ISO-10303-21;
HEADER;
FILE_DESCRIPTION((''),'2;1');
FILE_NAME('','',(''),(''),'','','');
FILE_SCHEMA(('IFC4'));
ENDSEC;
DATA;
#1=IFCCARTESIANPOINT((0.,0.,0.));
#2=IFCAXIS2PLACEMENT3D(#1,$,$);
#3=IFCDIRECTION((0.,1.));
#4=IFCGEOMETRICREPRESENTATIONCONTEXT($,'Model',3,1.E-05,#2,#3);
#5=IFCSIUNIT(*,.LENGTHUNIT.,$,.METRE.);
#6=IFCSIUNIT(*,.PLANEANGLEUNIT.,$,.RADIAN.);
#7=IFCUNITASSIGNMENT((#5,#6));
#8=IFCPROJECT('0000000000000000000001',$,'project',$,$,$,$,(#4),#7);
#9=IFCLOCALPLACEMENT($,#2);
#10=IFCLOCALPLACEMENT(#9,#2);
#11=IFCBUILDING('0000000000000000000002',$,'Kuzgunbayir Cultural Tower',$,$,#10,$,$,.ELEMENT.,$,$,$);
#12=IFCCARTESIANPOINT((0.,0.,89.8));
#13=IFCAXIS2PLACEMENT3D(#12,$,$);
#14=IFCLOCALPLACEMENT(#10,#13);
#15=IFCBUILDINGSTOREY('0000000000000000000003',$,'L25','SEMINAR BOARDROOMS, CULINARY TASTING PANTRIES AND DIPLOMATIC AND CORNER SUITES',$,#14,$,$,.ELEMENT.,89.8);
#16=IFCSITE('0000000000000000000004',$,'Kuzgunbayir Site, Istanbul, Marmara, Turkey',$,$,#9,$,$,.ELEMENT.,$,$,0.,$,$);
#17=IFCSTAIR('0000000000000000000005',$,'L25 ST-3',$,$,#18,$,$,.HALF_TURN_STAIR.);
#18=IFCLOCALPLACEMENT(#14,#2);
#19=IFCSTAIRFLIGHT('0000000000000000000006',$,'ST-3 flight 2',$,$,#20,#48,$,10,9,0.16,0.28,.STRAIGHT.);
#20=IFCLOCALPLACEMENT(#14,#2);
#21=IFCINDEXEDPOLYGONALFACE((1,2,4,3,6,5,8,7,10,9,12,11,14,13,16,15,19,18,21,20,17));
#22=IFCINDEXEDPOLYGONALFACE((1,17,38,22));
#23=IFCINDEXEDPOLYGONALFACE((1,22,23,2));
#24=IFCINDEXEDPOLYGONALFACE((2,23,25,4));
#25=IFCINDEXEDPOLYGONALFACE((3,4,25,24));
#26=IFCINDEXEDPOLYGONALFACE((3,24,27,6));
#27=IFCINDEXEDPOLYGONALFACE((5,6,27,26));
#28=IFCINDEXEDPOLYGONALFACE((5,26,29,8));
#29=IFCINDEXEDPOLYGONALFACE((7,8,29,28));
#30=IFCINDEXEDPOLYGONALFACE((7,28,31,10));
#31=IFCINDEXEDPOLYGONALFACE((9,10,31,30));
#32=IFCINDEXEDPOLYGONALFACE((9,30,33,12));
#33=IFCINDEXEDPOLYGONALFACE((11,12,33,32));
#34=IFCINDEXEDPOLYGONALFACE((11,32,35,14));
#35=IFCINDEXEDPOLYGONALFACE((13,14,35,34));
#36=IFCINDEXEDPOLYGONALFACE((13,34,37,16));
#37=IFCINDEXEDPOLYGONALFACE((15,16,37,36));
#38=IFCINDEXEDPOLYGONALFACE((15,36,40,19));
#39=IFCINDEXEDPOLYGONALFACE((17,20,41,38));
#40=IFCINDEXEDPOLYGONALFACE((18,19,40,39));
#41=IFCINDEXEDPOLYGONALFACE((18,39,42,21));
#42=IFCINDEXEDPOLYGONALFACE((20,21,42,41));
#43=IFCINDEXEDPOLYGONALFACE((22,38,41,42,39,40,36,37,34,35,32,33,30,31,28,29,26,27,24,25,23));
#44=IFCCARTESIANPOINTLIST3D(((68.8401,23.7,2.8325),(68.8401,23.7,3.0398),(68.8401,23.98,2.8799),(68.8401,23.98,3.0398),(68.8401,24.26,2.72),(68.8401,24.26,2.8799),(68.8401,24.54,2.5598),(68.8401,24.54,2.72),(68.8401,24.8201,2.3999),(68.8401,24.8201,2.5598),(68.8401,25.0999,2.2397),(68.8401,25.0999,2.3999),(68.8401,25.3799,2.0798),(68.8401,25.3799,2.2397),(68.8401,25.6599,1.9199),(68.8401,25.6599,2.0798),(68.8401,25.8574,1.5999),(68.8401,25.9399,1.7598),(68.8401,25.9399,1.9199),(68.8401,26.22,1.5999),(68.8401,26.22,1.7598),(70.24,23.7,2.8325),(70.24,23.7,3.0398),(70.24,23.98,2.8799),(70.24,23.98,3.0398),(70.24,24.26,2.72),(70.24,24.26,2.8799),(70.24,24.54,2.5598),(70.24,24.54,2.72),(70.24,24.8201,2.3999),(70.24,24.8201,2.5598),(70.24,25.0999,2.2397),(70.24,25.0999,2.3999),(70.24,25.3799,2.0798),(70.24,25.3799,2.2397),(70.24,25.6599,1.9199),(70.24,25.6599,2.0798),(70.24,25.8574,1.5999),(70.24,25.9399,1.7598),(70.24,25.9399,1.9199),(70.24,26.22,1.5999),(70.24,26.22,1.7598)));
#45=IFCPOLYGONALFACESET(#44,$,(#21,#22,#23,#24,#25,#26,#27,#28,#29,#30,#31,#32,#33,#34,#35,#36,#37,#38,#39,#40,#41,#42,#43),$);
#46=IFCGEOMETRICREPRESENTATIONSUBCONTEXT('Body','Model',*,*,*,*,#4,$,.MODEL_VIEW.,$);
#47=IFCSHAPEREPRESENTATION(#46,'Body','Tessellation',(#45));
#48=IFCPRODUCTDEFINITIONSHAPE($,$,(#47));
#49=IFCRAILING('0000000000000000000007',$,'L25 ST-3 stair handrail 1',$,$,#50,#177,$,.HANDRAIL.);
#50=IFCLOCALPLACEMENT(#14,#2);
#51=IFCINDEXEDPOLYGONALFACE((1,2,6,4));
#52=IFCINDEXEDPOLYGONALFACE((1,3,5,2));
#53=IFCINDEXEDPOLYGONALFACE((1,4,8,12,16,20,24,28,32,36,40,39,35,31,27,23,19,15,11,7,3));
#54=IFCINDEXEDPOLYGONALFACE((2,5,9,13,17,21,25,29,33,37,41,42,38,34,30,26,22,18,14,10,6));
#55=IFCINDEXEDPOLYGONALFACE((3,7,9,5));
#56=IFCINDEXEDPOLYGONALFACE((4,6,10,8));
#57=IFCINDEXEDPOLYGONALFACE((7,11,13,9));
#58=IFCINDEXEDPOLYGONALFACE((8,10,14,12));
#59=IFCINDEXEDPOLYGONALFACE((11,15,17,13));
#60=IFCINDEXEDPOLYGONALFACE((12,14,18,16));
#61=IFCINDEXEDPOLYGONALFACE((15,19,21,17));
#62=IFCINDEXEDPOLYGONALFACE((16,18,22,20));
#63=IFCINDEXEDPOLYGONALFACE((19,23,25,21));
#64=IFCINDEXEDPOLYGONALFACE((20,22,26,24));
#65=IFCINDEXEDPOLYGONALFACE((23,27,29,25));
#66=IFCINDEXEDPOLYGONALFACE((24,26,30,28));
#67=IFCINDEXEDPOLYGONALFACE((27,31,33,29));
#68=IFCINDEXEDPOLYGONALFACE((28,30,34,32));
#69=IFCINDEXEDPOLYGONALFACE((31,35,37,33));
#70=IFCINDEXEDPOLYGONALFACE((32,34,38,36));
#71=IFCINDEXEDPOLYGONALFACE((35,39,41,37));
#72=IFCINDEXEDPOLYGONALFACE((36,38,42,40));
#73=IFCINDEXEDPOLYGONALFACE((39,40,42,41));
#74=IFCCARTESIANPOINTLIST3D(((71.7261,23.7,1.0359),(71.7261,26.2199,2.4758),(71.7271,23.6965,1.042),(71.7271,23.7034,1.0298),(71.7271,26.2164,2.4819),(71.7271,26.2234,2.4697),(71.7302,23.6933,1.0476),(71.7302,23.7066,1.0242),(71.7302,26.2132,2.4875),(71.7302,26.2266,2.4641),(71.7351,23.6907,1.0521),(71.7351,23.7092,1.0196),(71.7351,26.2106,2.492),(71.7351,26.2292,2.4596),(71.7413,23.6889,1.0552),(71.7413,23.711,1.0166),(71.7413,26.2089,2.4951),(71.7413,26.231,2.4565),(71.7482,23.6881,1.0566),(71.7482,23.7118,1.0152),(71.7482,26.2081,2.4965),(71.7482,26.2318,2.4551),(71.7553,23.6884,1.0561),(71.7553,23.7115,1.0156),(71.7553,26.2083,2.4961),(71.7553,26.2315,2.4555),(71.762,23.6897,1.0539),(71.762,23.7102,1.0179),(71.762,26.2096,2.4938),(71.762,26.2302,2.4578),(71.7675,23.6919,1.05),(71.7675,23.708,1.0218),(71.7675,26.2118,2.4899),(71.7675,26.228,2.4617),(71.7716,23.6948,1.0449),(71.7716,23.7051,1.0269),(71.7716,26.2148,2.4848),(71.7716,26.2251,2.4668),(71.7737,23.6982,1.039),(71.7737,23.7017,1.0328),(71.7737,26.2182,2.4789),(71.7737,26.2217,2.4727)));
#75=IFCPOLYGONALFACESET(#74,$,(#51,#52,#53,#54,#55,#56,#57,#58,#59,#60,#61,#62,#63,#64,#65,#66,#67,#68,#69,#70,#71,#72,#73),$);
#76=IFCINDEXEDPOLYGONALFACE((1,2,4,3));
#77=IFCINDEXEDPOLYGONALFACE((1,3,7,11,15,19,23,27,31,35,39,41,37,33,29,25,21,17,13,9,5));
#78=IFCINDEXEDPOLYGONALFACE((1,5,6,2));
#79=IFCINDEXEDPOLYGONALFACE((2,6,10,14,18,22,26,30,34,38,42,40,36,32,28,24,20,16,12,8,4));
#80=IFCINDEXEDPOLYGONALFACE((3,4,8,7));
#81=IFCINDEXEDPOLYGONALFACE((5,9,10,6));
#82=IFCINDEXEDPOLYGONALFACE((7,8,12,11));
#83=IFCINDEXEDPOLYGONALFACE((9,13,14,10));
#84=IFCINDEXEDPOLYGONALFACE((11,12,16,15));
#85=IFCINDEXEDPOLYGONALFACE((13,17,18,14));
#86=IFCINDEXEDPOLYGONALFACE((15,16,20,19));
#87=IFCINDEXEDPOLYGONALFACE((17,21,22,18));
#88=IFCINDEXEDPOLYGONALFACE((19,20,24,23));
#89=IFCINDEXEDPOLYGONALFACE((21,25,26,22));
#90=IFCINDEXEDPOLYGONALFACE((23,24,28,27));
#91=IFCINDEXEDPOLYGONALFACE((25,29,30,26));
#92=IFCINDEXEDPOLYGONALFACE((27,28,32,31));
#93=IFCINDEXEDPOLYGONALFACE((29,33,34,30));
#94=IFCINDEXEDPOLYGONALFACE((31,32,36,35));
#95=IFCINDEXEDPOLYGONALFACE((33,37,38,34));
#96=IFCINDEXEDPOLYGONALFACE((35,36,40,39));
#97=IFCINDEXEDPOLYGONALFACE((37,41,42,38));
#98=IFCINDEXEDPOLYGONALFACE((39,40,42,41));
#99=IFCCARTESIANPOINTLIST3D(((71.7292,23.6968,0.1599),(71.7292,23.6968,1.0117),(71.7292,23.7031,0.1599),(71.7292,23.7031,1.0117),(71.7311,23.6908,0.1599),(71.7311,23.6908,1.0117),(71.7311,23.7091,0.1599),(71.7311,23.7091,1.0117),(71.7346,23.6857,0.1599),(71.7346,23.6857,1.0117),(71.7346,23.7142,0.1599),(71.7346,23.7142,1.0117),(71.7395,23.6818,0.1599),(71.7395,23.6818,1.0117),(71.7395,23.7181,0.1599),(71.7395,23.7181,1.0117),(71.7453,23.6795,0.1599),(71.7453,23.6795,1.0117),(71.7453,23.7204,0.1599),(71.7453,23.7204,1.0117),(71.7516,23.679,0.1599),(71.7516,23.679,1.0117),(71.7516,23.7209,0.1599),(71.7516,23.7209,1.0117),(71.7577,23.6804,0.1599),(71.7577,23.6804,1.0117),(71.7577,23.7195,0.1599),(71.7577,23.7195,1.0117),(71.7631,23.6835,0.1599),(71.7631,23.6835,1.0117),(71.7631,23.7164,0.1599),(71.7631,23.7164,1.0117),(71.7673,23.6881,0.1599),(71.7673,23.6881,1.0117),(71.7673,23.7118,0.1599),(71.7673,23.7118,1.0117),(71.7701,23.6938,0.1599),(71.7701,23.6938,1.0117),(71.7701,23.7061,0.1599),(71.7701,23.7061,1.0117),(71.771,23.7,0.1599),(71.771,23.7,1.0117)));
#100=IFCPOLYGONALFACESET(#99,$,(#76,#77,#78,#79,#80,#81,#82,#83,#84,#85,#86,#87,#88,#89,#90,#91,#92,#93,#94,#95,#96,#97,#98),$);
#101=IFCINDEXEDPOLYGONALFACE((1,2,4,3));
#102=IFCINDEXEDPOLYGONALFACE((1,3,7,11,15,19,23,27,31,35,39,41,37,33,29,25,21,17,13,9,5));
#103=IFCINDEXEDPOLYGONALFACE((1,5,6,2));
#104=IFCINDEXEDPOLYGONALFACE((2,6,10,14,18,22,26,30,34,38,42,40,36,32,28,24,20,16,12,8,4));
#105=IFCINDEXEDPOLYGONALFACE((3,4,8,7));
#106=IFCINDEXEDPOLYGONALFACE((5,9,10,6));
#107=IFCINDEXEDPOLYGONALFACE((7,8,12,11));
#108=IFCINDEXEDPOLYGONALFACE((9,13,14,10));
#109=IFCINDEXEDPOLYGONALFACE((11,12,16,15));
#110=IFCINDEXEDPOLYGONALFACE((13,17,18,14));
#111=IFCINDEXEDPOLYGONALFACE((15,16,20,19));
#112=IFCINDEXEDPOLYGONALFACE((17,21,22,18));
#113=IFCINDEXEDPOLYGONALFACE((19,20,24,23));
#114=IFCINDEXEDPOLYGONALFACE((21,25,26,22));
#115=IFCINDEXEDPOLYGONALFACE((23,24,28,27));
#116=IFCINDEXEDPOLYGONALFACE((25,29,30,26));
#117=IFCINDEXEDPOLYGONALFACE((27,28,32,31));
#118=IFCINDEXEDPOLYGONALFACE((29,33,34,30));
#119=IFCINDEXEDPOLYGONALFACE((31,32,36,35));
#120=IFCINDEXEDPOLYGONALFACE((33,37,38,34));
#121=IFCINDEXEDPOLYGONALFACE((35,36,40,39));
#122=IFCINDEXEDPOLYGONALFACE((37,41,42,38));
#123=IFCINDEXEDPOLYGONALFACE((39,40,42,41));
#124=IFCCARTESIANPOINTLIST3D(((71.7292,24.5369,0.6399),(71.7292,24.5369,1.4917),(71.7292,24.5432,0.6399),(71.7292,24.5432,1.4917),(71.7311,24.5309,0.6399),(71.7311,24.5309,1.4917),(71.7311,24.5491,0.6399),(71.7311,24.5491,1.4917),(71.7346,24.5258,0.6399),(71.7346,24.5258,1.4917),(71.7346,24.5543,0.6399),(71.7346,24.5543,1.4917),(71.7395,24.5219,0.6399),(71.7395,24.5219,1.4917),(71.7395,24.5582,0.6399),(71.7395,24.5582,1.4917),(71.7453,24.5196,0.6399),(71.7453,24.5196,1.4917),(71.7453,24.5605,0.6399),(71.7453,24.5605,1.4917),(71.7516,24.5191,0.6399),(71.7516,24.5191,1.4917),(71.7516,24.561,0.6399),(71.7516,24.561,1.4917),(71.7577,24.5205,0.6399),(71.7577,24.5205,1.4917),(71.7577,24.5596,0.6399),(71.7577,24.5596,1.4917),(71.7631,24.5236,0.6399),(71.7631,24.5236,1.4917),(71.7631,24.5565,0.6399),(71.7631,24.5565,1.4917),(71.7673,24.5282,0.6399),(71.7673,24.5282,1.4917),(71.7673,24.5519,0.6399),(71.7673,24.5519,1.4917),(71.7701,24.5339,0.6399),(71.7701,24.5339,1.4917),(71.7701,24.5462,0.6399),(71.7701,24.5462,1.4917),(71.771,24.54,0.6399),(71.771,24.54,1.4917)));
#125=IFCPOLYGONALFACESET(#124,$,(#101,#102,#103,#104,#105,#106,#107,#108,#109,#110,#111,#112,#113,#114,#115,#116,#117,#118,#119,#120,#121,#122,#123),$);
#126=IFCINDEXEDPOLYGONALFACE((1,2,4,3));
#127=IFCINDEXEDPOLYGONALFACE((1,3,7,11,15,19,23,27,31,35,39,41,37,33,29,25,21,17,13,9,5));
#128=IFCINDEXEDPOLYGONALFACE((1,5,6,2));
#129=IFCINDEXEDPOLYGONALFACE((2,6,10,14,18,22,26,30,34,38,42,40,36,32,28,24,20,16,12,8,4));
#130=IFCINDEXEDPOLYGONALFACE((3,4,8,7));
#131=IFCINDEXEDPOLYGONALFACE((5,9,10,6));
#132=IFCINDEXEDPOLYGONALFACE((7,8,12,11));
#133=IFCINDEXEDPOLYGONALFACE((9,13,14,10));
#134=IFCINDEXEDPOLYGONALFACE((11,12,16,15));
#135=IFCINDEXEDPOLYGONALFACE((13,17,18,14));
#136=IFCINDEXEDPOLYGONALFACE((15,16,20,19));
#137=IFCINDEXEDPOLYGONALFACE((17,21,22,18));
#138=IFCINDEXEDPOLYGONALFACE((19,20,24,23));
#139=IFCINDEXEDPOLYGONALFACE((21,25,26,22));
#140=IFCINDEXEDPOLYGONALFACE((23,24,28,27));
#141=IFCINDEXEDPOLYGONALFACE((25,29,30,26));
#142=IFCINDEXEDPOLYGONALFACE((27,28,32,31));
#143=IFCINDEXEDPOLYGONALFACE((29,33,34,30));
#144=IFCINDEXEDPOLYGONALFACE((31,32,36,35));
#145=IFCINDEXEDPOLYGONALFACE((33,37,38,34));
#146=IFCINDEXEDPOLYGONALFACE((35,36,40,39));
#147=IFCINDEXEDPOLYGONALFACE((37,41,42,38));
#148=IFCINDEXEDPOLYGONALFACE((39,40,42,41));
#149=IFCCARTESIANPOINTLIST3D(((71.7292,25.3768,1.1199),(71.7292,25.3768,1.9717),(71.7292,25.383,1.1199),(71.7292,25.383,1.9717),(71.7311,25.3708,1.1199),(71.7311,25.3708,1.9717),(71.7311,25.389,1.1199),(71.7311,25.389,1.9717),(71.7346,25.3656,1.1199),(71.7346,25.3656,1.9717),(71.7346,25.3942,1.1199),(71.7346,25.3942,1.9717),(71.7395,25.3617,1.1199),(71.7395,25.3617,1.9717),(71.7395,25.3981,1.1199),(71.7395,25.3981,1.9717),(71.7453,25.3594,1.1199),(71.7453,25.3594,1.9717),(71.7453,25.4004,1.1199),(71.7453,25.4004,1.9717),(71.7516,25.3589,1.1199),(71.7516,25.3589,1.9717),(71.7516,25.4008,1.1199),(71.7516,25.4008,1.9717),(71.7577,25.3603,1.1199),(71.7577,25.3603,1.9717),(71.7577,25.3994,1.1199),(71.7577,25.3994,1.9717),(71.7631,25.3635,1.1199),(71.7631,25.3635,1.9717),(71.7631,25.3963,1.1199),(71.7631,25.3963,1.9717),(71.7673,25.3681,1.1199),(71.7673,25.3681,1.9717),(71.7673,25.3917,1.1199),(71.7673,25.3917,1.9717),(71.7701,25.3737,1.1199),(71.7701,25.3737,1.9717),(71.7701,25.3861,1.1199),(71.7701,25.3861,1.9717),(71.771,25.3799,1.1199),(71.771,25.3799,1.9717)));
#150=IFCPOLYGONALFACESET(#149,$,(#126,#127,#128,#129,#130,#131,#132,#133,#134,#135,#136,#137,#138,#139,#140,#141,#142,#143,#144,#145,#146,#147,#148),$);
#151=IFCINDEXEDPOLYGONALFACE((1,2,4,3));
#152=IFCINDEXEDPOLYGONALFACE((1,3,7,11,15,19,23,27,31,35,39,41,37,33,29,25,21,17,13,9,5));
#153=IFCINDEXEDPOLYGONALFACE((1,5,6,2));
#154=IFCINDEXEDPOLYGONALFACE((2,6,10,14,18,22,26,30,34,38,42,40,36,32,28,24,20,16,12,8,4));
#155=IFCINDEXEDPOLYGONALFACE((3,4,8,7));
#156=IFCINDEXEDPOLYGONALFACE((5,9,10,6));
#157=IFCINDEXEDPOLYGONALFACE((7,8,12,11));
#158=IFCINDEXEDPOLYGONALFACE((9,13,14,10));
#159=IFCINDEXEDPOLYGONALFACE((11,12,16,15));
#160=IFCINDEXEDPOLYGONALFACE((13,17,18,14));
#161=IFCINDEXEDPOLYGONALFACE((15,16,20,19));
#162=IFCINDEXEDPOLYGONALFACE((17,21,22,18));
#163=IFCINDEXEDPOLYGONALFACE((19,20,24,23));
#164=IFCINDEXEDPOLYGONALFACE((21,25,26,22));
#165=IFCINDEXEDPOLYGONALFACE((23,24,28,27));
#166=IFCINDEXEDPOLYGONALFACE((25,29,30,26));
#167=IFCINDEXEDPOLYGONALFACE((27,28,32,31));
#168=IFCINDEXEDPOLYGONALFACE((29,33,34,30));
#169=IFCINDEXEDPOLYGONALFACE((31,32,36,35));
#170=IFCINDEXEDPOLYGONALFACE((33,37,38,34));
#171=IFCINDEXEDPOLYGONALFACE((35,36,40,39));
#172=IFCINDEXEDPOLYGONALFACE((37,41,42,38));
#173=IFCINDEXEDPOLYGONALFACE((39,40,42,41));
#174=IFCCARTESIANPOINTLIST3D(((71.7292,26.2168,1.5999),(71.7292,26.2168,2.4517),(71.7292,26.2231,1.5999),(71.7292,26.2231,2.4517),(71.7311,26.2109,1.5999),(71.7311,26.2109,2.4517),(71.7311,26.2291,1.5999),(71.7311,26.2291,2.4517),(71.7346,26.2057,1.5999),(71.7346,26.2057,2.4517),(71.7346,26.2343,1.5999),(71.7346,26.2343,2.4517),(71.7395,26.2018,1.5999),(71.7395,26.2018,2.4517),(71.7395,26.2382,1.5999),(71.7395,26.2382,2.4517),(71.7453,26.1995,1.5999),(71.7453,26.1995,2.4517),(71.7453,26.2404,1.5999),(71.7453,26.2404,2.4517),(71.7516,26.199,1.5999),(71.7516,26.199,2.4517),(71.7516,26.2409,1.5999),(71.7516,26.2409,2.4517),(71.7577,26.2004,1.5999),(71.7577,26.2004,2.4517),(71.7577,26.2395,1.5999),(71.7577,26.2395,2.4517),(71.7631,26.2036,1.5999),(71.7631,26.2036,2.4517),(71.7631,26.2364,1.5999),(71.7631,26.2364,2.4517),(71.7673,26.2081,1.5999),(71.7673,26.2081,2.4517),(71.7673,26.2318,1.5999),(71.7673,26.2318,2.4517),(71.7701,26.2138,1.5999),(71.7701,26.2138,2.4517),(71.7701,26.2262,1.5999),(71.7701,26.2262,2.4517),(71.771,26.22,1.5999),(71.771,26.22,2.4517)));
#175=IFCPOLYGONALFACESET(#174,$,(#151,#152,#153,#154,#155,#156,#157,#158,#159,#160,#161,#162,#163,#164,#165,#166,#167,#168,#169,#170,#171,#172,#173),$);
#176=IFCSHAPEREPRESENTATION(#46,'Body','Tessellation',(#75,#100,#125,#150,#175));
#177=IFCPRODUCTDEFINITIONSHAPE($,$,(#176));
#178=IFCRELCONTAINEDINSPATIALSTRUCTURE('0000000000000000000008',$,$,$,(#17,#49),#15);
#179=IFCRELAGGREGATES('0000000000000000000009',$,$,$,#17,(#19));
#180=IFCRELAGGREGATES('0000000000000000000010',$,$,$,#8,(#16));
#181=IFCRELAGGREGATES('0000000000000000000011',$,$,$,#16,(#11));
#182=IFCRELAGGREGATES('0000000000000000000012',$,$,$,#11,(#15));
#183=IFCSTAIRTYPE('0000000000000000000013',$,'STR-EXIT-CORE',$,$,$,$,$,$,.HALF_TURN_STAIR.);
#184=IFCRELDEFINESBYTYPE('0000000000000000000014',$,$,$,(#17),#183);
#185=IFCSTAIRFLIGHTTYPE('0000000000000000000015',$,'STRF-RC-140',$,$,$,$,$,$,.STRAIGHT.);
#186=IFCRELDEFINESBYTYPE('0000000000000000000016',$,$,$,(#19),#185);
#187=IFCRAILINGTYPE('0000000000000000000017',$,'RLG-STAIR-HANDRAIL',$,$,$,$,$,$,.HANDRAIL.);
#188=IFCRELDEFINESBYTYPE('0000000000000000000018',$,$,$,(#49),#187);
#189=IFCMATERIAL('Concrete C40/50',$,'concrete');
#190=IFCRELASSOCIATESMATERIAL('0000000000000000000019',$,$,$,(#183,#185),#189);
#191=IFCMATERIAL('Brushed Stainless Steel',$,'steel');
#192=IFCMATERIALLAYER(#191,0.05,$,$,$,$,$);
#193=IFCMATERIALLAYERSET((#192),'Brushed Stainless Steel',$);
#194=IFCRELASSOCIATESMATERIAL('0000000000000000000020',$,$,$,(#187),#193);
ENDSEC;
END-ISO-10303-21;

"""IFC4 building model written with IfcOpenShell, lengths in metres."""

from ifc_helpers import new_model, si_unit, direction, frame, origin, origin_2d, place, context, subcontext, project, spatial, polyline, circle, outline, extrude, material, layer, layer_set, type_object, element, aggregate, save


model = new_model("IFC4")

# Units and contexts
model_context = context("Model", 3, precision=1e-05, world=origin(), true_north=direction((0.0, 1.0)))
body_context = subcontext(model_context, "Body", "Model", "MODEL_VIEW")
ifc_project = project(units=[si_unit("LENGTHUNIT", "METRE"), si_unit("PLANEANGLEUNIT", "RADIAN")], contexts=[model_context])

# Site, building, storey
site_placement = place(None, origin())
site = spatial("IfcSite", under=ifc_project, at=site_placement, Name="Kuzgunbayir Site, Istanbul, Marmara, Turkey", CompositionType="ELEMENT", RefElevation=0.0)
building_placement = place(site_placement, origin())
building = spatial("IfcBuilding", under=site, at=building_placement, Name="Kuzgunbayir Cultural Tower", CompositionType="ELEMENT")
storey_placement = place(building_placement, frame((0.0, 0.0, 89.8)))
storey = spatial("IfcBuildingStorey", under=building, at=storey_placement, Name="L25", Description="SEMINAR BOARDROOMS, CULINARY TASTING PANTRIES AND DIPLOMATIC AND CORNER SUITES", CompositionType="ELEMENT", Elevation=89.8)

# Shared definitions
ifc_material_1 = material(Name="Concrete C40/50", Category="concrete")
ifc_material_2 = material(Name="Brushed Stainless Steel", Category="steel")

# Stair, stair flight
stair_type = type_object("IfcStairType", Name="STR-EXIT-CORE", PredefinedType="HALF_TURN_STAIR", material=ifc_material_1)
stair_placement = place(storey_placement, origin())
stair = element("IfcStair", 1, at=stair_placement, inside=storey, type_object=stair_type, Name="L25 ST-3", PredefinedType="HALF_TURN_STAIR")
stair_flight_type = type_object("IfcStairFlightType", Name="STRF-RC-140", PredefinedType="STRAIGHT", material=ifc_material_1)
stair_flight_1_placement = place(storey_placement, frame((69.54, 26.22, 1.5999), z_axis=(0.0, 0.0, 1.0), x_axis=(0.0, -1.0, 0.0)))
stair_flight_1 = element("IfcStairFlight", 2, at=stair_flight_1_placement, type_object=stair_flight_type, Name="ST-3 flight 2", NumberOfRisers=10, NumberOfTreads=9, PredefinedType="STRAIGHT", RiserHeight=0.16, TreadLength=0.28, context=body_context, shape_type="SweptSolid", body=[
    extrude(outline(polyline([(0.0, 0.0), (0.0, 0.1599), (0.28, 0.1599), (0.28, 0.3201), (0.5601, 0.3201), (0.5601, 0.48), (0.8401, 0.48), (0.8401, 0.6399), (1.1201, 0.6399), (1.1201, 0.8), (1.3999, 0.8), (1.3999, 0.96), (1.6799, 0.96), (1.6799, 1.1201), (1.96, 1.1201), (1.96, 1.28), (2.24, 1.28), (2.24, 1.4399), (2.52, 1.4399), (2.52, 1.6001), (2.52, 1.2327), (0.3625, 0.0), (0.0, 0.0)])), frame((0.0, 0.7, 0.0), z_axis=(0.0, -1.0, 0.0), x_axis=(1.0, 0.0, 0.0)), (0.0, 0.0, 1.0), 1.3999),
])
aggregate(stair, [stair_flight_1])

# Railing
ifc_layer_1 = layer(ifc_material_2, 0.05)
ifc_layer_set_1 = layer_set([ifc_layer_1], Name="Brushed Stainless Steel")
railing_type_1 = type_object("IfcRailingType", Name="RLG-STAIR-HANDRAIL", PredefinedType="HANDRAIL", material=ifc_layer_set_1)
railing_1_placement = place(storey_placement, frame((71.75, 23.7, 0.1599)))
element("IfcRailing", 3, at=railing_1_placement, inside=storey, type_object=railing_type_1, Name="L25 ST-3 stair handrail 1", PredefinedType="HANDRAIL", context=body_context, shape_type="SweptSolid", body=[
    extrude(circle(Radius=0.0239, at=origin_2d()), frame((0.0, 0.0, 0.876), z_axis=(0.0, 0.868253, 0.496121), x_axis=(-1.0, 0.0, 0.0)), (0.0, 0.0, 1.0), 2.9023),
    extrude(circle(Radius=0.021, at=origin_2d()), origin(), (0.0, 0.0, 1.0), 0.8518),
    extrude(circle(Radius=0.021, at=origin_2d()), frame((0.0, 0.8401, 0.48)), (0.0, 0.0, 1.0), 0.8518),
    extrude(circle(Radius=0.021, at=origin_2d()), frame((0.0, 1.6799, 0.96)), (0.0, 0.0, 1.0), 0.8518),
    extrude(circle(Radius=0.021, at=origin_2d()), frame((0.0, 2.52, 1.4399)), (0.0, 0.0, 1.0), 0.8518),
])

save(model, "model.ifc")
